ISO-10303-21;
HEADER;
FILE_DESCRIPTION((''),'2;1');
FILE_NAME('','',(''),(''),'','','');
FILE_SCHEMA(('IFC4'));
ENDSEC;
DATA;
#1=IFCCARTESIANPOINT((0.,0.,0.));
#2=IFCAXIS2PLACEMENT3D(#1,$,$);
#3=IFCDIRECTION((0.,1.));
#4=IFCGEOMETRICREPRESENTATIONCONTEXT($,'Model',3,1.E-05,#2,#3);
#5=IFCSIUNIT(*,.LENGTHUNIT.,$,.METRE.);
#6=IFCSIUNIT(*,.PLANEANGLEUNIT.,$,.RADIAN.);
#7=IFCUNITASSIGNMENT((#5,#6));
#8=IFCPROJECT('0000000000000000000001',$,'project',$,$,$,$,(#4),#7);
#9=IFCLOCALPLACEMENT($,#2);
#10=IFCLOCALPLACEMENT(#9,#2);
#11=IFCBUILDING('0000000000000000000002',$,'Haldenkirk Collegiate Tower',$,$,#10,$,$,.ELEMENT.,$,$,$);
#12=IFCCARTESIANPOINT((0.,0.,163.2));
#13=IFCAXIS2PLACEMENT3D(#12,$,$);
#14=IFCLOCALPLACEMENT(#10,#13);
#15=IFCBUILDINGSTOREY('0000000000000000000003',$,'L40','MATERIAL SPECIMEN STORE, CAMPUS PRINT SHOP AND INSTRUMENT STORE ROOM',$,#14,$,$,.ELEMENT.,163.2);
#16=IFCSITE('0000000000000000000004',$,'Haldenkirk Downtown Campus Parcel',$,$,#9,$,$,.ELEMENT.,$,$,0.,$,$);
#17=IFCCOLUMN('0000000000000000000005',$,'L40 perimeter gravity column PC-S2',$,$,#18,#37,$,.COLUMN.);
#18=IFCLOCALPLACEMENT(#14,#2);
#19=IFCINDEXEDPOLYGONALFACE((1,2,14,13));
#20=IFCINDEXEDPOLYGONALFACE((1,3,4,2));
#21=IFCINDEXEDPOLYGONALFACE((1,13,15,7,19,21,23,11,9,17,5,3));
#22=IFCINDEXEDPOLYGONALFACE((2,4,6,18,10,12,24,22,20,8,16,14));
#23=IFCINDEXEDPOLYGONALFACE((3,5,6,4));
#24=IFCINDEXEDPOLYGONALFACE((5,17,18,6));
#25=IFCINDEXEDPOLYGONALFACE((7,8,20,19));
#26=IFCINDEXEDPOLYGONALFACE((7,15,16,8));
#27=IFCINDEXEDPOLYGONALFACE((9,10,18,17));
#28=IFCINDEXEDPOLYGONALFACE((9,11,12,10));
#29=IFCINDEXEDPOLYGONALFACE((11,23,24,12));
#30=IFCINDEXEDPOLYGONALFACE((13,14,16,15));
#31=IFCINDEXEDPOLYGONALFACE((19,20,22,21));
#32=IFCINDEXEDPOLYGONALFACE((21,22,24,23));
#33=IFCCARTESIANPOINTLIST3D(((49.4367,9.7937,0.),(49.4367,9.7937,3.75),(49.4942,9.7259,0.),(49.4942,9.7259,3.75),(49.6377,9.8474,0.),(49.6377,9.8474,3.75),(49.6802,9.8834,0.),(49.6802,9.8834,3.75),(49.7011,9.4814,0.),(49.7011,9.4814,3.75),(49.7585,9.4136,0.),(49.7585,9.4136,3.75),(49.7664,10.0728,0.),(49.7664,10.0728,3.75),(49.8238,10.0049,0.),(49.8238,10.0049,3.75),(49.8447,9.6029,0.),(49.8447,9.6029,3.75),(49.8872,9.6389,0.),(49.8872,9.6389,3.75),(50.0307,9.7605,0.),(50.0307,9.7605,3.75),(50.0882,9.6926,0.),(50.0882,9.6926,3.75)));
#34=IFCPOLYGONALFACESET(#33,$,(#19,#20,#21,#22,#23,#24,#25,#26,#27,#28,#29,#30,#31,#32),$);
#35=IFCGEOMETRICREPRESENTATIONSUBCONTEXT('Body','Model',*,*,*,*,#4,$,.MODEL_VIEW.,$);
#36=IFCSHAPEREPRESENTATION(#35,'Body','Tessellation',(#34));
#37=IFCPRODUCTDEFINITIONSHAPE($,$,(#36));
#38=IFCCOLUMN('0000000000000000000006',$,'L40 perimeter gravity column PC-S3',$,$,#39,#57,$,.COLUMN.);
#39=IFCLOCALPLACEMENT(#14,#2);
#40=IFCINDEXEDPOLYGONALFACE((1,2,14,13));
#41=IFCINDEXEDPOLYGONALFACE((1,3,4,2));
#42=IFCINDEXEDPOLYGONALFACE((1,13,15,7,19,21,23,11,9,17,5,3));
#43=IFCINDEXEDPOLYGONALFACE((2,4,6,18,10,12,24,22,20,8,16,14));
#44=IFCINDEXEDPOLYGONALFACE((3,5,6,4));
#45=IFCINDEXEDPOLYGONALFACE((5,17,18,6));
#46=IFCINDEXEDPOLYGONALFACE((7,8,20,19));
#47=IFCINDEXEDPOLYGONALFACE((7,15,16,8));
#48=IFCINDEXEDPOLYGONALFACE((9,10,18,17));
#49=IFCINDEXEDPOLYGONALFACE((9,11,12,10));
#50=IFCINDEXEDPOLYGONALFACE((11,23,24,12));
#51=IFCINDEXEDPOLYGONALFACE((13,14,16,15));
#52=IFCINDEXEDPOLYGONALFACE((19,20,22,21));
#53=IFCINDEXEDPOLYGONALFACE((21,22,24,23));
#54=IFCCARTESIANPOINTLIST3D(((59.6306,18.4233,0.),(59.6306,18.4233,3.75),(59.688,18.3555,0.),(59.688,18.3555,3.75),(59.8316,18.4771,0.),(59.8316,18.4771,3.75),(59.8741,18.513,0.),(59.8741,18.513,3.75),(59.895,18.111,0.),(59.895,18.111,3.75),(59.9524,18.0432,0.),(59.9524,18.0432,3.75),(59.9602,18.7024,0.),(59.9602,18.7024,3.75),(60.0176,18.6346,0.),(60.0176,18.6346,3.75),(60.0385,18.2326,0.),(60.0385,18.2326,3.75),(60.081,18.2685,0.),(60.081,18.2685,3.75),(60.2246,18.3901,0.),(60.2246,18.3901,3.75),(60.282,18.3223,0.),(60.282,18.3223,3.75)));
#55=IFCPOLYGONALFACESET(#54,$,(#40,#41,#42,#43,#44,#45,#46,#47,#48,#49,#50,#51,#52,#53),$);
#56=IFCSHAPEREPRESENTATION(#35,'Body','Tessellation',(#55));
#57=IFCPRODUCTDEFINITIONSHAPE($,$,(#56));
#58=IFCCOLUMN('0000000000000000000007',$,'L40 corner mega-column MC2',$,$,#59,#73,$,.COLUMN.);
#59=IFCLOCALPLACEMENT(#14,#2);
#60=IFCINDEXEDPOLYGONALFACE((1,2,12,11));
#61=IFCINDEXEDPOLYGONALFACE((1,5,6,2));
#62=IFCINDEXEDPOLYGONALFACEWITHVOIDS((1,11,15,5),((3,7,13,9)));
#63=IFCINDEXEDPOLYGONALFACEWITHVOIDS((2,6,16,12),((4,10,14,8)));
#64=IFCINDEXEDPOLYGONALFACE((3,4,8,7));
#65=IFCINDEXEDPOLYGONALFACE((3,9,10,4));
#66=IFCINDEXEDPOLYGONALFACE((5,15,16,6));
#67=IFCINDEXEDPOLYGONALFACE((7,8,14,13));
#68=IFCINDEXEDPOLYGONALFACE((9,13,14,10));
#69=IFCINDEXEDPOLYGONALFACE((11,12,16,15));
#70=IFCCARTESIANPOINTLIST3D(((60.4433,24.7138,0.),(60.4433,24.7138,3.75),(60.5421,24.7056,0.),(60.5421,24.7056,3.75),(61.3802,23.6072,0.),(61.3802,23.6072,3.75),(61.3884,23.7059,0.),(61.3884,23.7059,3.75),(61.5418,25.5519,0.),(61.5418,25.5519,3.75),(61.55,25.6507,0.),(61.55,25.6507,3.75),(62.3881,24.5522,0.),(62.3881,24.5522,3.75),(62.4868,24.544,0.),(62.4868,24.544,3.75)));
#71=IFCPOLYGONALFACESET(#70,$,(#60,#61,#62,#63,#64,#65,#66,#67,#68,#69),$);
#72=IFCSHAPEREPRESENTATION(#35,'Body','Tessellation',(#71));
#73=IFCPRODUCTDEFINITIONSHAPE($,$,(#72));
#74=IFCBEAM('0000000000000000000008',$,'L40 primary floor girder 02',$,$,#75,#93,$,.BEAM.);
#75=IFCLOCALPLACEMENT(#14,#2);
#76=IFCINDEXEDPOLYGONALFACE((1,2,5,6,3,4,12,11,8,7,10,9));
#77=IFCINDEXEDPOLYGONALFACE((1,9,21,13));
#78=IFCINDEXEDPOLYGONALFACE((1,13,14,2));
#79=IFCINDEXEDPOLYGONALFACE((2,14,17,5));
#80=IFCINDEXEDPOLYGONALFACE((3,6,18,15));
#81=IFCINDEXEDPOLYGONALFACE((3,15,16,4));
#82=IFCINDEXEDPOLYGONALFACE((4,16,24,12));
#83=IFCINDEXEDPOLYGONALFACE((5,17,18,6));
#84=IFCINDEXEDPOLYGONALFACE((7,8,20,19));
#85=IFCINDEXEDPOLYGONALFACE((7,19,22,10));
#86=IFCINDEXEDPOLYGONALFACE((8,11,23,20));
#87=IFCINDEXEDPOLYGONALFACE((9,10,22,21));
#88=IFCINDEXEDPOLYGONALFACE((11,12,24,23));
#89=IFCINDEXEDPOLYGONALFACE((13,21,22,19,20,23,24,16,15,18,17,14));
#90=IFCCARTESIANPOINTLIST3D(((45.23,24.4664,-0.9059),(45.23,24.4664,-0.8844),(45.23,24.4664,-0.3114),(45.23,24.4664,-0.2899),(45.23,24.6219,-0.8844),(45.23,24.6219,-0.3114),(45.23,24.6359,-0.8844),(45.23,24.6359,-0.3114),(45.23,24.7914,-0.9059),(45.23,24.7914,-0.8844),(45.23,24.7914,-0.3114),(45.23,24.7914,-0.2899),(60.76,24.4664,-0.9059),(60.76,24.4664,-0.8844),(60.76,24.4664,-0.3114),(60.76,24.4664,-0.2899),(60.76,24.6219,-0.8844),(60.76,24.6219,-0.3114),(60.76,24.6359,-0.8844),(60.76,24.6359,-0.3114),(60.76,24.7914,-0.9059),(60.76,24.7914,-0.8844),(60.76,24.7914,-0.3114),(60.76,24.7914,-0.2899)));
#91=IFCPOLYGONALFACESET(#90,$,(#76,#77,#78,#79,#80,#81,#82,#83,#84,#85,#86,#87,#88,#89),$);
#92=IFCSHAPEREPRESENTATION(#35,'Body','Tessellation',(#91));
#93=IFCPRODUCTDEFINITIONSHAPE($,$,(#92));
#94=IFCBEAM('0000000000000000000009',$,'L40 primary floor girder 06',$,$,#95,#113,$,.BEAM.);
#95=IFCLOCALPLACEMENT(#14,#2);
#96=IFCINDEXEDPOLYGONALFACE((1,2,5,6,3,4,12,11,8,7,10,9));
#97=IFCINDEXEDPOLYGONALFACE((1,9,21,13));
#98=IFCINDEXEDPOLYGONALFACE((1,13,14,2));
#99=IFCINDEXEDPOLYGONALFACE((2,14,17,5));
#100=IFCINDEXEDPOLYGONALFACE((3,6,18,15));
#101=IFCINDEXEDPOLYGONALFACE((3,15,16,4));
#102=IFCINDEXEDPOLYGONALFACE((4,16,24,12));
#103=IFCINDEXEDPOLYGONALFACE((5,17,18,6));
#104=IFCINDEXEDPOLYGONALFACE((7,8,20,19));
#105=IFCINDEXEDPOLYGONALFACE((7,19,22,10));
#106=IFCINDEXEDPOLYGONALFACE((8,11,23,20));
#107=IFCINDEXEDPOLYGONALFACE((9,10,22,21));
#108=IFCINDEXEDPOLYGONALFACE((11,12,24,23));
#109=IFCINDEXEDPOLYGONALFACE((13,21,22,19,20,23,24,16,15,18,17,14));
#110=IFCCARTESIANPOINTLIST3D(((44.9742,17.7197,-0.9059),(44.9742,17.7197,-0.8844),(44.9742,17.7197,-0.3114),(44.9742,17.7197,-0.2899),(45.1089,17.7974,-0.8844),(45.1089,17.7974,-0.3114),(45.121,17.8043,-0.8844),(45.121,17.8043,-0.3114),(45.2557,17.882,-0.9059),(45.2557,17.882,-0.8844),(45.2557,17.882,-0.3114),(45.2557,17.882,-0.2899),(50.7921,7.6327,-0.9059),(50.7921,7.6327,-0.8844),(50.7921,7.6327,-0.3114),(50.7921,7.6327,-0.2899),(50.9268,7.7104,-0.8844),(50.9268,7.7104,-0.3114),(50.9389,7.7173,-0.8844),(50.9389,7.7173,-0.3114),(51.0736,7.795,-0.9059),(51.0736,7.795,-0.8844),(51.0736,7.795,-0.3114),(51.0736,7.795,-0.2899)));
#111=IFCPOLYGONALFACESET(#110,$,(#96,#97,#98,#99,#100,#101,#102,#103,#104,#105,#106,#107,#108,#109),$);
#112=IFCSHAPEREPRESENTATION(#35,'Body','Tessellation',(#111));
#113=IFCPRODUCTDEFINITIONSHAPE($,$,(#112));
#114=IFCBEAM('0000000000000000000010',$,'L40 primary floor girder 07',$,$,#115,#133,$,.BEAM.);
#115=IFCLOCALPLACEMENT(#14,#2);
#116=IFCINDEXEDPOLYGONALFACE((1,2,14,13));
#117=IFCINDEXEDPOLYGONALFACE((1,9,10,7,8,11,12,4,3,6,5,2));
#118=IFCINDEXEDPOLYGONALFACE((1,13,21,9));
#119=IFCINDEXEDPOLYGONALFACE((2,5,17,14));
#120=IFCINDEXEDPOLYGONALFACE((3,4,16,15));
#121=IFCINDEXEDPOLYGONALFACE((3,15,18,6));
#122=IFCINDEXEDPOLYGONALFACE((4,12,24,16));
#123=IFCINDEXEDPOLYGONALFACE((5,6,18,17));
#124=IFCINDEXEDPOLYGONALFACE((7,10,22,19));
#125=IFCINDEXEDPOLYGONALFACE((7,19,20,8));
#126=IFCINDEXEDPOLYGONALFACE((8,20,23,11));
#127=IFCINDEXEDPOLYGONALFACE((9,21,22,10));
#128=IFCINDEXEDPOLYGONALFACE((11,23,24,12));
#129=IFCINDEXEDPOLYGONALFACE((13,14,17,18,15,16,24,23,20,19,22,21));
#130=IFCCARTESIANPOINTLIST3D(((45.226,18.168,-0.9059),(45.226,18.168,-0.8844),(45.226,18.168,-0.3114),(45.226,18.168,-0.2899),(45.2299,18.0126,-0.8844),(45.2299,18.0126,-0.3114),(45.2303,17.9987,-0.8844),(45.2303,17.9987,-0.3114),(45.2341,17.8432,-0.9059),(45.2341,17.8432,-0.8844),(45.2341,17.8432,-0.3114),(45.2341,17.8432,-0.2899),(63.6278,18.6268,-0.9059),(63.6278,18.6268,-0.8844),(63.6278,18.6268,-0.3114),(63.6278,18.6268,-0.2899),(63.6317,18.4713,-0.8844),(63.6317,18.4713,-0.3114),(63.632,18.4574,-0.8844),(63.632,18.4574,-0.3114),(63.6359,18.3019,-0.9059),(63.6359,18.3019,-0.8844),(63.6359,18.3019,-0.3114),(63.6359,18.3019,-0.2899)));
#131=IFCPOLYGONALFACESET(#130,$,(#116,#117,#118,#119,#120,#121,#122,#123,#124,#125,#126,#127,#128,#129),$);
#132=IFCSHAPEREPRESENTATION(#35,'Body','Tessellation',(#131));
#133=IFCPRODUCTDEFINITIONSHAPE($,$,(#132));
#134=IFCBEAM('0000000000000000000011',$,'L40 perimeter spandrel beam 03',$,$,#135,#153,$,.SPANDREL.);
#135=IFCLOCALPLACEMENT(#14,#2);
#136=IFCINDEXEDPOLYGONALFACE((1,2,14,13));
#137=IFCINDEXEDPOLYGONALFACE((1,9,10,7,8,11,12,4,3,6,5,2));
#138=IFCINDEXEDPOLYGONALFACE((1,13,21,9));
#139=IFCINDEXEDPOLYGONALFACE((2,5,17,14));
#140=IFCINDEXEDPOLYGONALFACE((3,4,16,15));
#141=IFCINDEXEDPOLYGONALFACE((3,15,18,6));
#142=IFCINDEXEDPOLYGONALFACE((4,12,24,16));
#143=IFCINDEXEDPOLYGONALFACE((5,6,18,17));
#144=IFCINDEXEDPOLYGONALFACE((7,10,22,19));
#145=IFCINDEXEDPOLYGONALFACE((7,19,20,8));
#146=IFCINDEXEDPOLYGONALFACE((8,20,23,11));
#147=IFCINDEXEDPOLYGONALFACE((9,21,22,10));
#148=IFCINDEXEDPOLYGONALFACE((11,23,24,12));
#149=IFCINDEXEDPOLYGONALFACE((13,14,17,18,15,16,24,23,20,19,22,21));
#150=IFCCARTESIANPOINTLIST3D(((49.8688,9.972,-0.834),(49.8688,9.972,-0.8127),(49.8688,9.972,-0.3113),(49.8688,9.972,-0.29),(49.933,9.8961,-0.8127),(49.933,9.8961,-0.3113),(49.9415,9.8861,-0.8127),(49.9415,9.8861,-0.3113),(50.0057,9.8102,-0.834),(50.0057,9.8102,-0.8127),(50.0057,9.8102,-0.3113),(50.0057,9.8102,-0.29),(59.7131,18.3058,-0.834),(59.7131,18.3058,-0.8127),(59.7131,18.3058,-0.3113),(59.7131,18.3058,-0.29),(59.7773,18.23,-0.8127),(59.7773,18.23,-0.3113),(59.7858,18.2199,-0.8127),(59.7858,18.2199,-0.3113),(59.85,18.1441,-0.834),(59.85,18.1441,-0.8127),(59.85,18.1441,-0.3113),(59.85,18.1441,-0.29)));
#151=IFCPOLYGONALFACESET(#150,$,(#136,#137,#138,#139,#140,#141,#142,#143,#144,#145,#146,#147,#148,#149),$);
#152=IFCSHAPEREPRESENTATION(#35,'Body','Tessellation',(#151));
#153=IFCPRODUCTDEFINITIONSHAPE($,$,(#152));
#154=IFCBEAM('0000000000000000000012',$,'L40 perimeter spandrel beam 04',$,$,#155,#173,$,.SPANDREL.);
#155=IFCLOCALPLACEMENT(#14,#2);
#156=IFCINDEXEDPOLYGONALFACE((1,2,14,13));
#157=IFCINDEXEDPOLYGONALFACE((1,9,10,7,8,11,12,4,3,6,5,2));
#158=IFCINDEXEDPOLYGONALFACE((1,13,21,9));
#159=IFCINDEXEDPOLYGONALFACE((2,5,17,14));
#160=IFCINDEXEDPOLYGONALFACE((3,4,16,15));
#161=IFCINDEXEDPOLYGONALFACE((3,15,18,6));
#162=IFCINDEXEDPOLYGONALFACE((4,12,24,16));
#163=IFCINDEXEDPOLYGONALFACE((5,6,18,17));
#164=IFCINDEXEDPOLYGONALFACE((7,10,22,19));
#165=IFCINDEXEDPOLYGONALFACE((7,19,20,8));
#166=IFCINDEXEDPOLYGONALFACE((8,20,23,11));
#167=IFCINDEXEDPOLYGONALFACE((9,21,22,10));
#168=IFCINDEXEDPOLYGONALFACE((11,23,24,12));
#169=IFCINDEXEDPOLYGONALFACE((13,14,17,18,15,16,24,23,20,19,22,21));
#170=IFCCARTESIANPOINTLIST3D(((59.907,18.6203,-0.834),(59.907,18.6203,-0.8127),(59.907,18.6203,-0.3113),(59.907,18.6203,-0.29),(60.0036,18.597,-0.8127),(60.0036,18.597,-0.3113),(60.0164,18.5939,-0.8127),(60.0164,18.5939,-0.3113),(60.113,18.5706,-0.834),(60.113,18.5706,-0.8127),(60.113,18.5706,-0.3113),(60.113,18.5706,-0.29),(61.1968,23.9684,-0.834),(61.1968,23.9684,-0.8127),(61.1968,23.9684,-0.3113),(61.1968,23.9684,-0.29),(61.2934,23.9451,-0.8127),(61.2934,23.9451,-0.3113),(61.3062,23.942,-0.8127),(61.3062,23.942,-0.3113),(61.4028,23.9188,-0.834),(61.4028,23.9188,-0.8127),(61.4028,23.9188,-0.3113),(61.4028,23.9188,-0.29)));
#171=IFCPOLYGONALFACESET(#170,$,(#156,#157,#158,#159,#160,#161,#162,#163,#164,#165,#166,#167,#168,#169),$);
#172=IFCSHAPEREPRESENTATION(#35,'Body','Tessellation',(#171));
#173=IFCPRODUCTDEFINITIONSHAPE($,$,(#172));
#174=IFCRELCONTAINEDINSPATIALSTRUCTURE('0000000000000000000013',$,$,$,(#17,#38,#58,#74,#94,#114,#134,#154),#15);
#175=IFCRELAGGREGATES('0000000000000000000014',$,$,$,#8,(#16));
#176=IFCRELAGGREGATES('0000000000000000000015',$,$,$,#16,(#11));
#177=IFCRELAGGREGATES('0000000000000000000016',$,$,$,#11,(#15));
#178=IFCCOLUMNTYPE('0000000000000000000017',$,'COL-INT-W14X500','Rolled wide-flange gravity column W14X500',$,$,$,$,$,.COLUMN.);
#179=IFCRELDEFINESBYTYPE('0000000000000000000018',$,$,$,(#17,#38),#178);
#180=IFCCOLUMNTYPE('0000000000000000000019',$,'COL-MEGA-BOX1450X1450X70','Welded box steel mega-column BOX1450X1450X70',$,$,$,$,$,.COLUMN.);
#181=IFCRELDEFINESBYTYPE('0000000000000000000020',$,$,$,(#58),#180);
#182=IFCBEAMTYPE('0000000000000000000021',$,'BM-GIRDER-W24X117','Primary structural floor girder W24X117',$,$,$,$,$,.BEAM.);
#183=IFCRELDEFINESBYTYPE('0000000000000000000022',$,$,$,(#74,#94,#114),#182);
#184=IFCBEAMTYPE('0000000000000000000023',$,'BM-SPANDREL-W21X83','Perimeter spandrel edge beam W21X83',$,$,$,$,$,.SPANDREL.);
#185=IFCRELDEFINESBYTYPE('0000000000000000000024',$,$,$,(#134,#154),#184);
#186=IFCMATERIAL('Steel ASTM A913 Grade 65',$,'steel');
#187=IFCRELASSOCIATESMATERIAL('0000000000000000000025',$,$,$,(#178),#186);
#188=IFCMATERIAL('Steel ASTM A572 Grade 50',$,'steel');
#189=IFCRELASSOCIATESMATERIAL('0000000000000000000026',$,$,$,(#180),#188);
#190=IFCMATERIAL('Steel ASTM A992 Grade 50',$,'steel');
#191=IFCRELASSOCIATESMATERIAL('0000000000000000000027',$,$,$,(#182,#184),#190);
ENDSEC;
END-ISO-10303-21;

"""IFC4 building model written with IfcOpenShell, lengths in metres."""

from ifc_helpers import new_model, si_unit, direction, frame, origin, origin_2d, place, context, subcontext, project, spatial, hollow_rectangle, i_section, extrude, material, material_profile, profile_set, type_object, element, save


model = new_model("IFC4")

# Units and contexts
model_context = context("Model", 3, precision=1e-05, world=origin(), true_north=direction((0.0, 1.0)))
body_context = subcontext(model_context, "Body", "Model", "MODEL_VIEW")
ifc_project = project(units=[si_unit("LENGTHUNIT", "METRE"), si_unit("PLANEANGLEUNIT", "RADIAN")], contexts=[model_context])

# Site, building, storey
site_placement = place(None, origin())
site = spatial("IfcSite", under=ifc_project, at=site_placement, Name="Haldenkirk Downtown Campus Parcel", CompositionType="ELEMENT", RefElevation=0.0)
building_placement = place(site_placement, origin())
building = spatial("IfcBuilding", under=site, at=building_placement, Name="Haldenkirk Collegiate Tower", CompositionType="ELEMENT")
storey_placement = place(building_placement, frame((0.0, 0.0, 163.2)))
storey = spatial("IfcBuildingStorey", under=building, at=storey_placement, Name="L40", Description="MATERIAL SPECIMEN STORE, CAMPUS PRINT SHOP AND INSTRUMENT STORE ROOM", CompositionType="ELEMENT", Elevation=163.2)

# Columns
ifc_material_1 = material(Name="Steel ASTM A913 Grade 65", Category="steel")
ifc_material_profile_1 = material_profile(ifc_material_1, i_section(OverallWidth=0.4319, OverallDepth=0.498, WebThickness=0.0557, FlangeThickness=0.0889, at=origin_2d()), Name="W14X500")
ifc_profile_set_1 = profile_set([ifc_material_profile_1], Name="Steel ASTM A913 Grade 65")
column_type_1 = type_object("IfcColumnType", Name="COL-INT-W14X500", Description="Rolled wide-flange gravity column W14X500", PredefinedType="COLUMN", material=ifc_profile_set_1)
for number, where, z_axis, x_axis, name in (
    (1, (49.7625, 9.7432, 0.0), (0.0, 0.0, 1.0), (0.763232, 0.646124, 0.0), "L40 perimeter gravity column PC-S2"),
    (2, (59.9563, 18.3728, 0.0), (0.0, 0.0, 1.0), (0.763232, 0.646124, 0.0), "L40 perimeter gravity column PC-S3"),
):
    element("IfcColumn", number, at=place(storey_placement, frame(where, z_axis=z_axis, x_axis=x_axis)), inside=storey, type_object=column_type_1, Name=name, PredefinedType="COLUMN", context=body_context, shape_type="SweptSolid", body=[
        extrude(i_section(OverallWidth=0.4319, OverallDepth=0.498, WebThickness=0.0557, FlangeThickness=0.0889, at=origin_2d()), origin(), (0.0, 0.0, 1.0), 3.75),
    ])
ifc_material_2 = material(Name="Steel ASTM A572 Grade 50", Category="steel")
ifc_material_profile_2 = material_profile(ifc_material_2, hollow_rectangle(XDim=1.45, YDim=1.45, WallThickness=0.0701, at=origin_2d()), Name="BOX1450X1450X70")
ifc_profile_set_2 = profile_set([ifc_material_profile_2], Name="Steel ASTM A572 Grade 50")
column_type_2 = type_object("IfcColumnType", Name="COL-MEGA-BOX1450X1450X70", Description="Welded box steel mega-column BOX1450X1450X70", PredefinedType="COLUMN", material=ifc_profile_set_2)
column_placement = place(storey_placement, frame((61.4651, 24.6289, 0.0), z_axis=(0.0, 0.0, 1.0), x_axis=(0.763232, 0.646124, 0.0)))
element("IfcColumn", 3, at=column_placement, inside=storey, type_object=column_type_2, Name="L40 corner mega-column MC2", PredefinedType="COLUMN", context=body_context, shape_type="SweptSolid", body=[
    extrude(hollow_rectangle(XDim=1.45, YDim=1.45, WallThickness=0.0701, at=origin_2d()), origin(), (0.0, 0.0, 1.0), 3.75),
])

# Beams
ifc_material_3 = material(Name="Steel ASTM A992 Grade 50", Category="steel")
ifc_material_profile_3 = material_profile(ifc_material_3, i_section(OverallWidth=0.325, OverallDepth=0.616, WebThickness=0.0139, FlangeThickness=0.0215, at=origin_2d()), Name="W24X117")
ifc_profile_set_3 = profile_set([ifc_material_profile_3], Name="Steel ASTM A992 Grade 50")
beam_type_1 = type_object("IfcBeamType", Name="BM-GIRDER-W24X117", Description="Primary structural floor girder W24X117", PredefinedType="BEAM", material=ifc_profile_set_3)
beam_1_placement = place(storey_placement, frame((60.76, 24.6289, -0.5979), z_axis=(-1.0, 0.0, 0.0), x_axis=(0.0, -1.0, 0.0)))
element("IfcBeam", 4, at=beam_1_placement, inside=storey, type_object=beam_type_1, Name="L40 primary floor girder 02", PredefinedType="BEAM", context=body_context, shape_type="SweptSolid", body=[
    extrude(i_section(OverallWidth=0.325, OverallDepth=0.616, WebThickness=0.0139, FlangeThickness=0.0215, at=origin_2d()), origin(), (0.0, 0.0, 1.0), 15.53),
])
beam_2_placement = place(storey_placement, frame((50.9329, 7.7139, -0.5979), z_axis=(-0.499626, 0.866241, 0.0), x_axis=(-0.866241, -0.499626, 0.0)))
element("IfcBeam", 5, at=beam_2_placement, inside=storey, type_object=beam_type_1, Name="L40 primary floor girder 06", PredefinedType="BEAM", context=body_context, shape_type="SweptSolid", body=[
    extrude(i_section(OverallWidth=0.325, OverallDepth=0.616, WebThickness=0.0139, FlangeThickness=0.0215, at=origin_2d()), origin(), (0.0, 0.0, 1.0), 11.6445),
])
beam_3_placement = place(storey_placement, frame((63.6318, 18.4644, -0.5979), z_axis=(-0.999689, -0.024921, 0.0), x_axis=(0.024921, -0.999689, 0.0)))
element("IfcBeam", 6, at=beam_3_placement, inside=storey, type_object=beam_type_1, Name="L40 primary floor girder 07", PredefinedType="BEAM", context=body_context, shape_type="SweptSolid", body=[
    extrude(i_section(OverallWidth=0.325, OverallDepth=0.616, WebThickness=0.0139, FlangeThickness=0.0215, at=origin_2d()), origin(), (0.0, 0.0, 1.0), 18.4075),
])
ifc_material_profile_4 = material_profile(ifc_material_3, i_section(OverallWidth=0.2119, OverallDepth=0.5439, WebThickness=0.0132, FlangeThickness=0.0212, at=origin_2d()), Name="W21X83")
ifc_profile_set_4 = profile_set([ifc_material_profile_4], Name="Steel ASTM A992 Grade 50")
beam_type_2 = type_object("IfcBeamType", Name="BM-SPANDREL-W21X83", Description="Perimeter spandrel edge beam W21X83", PredefinedType="SPANDREL", material=ifc_profile_set_4)
beam_4_placement = place(storey_placement, frame((49.9373, 9.8911, -0.562), z_axis=(0.763233, 0.646123, 0.0), x_axis=(-0.646123, 0.763233, 0.0)))
element("IfcBeam", 7, at=beam_4_placement, inside=storey, type_object=beam_type_2, Name="L40 perimeter spandrel beam 03", PredefinedType="SPANDREL", context=body_context, shape_type="SweptSolid", body=[
    extrude(i_section(OverallWidth=0.2119, OverallDepth=0.5439, WebThickness=0.0132, FlangeThickness=0.0212, at=origin_2d()), origin(), (0.0, 0.0, 1.0), 12.8982),
])
beam_5_placement = place(storey_placement, frame((60.01, 18.5955, -0.562), z_axis=(0.234445, 0.972129, 0.0), x_axis=(-0.972129, 0.234445, 0.0)))
element("IfcBeam", 8, at=beam_5_placement, inside=storey, type_object=beam_type_2, Name="L40 perimeter spandrel beam 04", PredefinedType="SPANDREL", context=body_context, shape_type="SweptSolid", body=[
    extrude(i_section(OverallWidth=0.2119, OverallDepth=0.5439, WebThickness=0.0132, FlangeThickness=0.0212, at=origin_2d()), origin(), (0.0, 0.0, 1.0), 5.5015),
])

save(model, "model.ifc")
